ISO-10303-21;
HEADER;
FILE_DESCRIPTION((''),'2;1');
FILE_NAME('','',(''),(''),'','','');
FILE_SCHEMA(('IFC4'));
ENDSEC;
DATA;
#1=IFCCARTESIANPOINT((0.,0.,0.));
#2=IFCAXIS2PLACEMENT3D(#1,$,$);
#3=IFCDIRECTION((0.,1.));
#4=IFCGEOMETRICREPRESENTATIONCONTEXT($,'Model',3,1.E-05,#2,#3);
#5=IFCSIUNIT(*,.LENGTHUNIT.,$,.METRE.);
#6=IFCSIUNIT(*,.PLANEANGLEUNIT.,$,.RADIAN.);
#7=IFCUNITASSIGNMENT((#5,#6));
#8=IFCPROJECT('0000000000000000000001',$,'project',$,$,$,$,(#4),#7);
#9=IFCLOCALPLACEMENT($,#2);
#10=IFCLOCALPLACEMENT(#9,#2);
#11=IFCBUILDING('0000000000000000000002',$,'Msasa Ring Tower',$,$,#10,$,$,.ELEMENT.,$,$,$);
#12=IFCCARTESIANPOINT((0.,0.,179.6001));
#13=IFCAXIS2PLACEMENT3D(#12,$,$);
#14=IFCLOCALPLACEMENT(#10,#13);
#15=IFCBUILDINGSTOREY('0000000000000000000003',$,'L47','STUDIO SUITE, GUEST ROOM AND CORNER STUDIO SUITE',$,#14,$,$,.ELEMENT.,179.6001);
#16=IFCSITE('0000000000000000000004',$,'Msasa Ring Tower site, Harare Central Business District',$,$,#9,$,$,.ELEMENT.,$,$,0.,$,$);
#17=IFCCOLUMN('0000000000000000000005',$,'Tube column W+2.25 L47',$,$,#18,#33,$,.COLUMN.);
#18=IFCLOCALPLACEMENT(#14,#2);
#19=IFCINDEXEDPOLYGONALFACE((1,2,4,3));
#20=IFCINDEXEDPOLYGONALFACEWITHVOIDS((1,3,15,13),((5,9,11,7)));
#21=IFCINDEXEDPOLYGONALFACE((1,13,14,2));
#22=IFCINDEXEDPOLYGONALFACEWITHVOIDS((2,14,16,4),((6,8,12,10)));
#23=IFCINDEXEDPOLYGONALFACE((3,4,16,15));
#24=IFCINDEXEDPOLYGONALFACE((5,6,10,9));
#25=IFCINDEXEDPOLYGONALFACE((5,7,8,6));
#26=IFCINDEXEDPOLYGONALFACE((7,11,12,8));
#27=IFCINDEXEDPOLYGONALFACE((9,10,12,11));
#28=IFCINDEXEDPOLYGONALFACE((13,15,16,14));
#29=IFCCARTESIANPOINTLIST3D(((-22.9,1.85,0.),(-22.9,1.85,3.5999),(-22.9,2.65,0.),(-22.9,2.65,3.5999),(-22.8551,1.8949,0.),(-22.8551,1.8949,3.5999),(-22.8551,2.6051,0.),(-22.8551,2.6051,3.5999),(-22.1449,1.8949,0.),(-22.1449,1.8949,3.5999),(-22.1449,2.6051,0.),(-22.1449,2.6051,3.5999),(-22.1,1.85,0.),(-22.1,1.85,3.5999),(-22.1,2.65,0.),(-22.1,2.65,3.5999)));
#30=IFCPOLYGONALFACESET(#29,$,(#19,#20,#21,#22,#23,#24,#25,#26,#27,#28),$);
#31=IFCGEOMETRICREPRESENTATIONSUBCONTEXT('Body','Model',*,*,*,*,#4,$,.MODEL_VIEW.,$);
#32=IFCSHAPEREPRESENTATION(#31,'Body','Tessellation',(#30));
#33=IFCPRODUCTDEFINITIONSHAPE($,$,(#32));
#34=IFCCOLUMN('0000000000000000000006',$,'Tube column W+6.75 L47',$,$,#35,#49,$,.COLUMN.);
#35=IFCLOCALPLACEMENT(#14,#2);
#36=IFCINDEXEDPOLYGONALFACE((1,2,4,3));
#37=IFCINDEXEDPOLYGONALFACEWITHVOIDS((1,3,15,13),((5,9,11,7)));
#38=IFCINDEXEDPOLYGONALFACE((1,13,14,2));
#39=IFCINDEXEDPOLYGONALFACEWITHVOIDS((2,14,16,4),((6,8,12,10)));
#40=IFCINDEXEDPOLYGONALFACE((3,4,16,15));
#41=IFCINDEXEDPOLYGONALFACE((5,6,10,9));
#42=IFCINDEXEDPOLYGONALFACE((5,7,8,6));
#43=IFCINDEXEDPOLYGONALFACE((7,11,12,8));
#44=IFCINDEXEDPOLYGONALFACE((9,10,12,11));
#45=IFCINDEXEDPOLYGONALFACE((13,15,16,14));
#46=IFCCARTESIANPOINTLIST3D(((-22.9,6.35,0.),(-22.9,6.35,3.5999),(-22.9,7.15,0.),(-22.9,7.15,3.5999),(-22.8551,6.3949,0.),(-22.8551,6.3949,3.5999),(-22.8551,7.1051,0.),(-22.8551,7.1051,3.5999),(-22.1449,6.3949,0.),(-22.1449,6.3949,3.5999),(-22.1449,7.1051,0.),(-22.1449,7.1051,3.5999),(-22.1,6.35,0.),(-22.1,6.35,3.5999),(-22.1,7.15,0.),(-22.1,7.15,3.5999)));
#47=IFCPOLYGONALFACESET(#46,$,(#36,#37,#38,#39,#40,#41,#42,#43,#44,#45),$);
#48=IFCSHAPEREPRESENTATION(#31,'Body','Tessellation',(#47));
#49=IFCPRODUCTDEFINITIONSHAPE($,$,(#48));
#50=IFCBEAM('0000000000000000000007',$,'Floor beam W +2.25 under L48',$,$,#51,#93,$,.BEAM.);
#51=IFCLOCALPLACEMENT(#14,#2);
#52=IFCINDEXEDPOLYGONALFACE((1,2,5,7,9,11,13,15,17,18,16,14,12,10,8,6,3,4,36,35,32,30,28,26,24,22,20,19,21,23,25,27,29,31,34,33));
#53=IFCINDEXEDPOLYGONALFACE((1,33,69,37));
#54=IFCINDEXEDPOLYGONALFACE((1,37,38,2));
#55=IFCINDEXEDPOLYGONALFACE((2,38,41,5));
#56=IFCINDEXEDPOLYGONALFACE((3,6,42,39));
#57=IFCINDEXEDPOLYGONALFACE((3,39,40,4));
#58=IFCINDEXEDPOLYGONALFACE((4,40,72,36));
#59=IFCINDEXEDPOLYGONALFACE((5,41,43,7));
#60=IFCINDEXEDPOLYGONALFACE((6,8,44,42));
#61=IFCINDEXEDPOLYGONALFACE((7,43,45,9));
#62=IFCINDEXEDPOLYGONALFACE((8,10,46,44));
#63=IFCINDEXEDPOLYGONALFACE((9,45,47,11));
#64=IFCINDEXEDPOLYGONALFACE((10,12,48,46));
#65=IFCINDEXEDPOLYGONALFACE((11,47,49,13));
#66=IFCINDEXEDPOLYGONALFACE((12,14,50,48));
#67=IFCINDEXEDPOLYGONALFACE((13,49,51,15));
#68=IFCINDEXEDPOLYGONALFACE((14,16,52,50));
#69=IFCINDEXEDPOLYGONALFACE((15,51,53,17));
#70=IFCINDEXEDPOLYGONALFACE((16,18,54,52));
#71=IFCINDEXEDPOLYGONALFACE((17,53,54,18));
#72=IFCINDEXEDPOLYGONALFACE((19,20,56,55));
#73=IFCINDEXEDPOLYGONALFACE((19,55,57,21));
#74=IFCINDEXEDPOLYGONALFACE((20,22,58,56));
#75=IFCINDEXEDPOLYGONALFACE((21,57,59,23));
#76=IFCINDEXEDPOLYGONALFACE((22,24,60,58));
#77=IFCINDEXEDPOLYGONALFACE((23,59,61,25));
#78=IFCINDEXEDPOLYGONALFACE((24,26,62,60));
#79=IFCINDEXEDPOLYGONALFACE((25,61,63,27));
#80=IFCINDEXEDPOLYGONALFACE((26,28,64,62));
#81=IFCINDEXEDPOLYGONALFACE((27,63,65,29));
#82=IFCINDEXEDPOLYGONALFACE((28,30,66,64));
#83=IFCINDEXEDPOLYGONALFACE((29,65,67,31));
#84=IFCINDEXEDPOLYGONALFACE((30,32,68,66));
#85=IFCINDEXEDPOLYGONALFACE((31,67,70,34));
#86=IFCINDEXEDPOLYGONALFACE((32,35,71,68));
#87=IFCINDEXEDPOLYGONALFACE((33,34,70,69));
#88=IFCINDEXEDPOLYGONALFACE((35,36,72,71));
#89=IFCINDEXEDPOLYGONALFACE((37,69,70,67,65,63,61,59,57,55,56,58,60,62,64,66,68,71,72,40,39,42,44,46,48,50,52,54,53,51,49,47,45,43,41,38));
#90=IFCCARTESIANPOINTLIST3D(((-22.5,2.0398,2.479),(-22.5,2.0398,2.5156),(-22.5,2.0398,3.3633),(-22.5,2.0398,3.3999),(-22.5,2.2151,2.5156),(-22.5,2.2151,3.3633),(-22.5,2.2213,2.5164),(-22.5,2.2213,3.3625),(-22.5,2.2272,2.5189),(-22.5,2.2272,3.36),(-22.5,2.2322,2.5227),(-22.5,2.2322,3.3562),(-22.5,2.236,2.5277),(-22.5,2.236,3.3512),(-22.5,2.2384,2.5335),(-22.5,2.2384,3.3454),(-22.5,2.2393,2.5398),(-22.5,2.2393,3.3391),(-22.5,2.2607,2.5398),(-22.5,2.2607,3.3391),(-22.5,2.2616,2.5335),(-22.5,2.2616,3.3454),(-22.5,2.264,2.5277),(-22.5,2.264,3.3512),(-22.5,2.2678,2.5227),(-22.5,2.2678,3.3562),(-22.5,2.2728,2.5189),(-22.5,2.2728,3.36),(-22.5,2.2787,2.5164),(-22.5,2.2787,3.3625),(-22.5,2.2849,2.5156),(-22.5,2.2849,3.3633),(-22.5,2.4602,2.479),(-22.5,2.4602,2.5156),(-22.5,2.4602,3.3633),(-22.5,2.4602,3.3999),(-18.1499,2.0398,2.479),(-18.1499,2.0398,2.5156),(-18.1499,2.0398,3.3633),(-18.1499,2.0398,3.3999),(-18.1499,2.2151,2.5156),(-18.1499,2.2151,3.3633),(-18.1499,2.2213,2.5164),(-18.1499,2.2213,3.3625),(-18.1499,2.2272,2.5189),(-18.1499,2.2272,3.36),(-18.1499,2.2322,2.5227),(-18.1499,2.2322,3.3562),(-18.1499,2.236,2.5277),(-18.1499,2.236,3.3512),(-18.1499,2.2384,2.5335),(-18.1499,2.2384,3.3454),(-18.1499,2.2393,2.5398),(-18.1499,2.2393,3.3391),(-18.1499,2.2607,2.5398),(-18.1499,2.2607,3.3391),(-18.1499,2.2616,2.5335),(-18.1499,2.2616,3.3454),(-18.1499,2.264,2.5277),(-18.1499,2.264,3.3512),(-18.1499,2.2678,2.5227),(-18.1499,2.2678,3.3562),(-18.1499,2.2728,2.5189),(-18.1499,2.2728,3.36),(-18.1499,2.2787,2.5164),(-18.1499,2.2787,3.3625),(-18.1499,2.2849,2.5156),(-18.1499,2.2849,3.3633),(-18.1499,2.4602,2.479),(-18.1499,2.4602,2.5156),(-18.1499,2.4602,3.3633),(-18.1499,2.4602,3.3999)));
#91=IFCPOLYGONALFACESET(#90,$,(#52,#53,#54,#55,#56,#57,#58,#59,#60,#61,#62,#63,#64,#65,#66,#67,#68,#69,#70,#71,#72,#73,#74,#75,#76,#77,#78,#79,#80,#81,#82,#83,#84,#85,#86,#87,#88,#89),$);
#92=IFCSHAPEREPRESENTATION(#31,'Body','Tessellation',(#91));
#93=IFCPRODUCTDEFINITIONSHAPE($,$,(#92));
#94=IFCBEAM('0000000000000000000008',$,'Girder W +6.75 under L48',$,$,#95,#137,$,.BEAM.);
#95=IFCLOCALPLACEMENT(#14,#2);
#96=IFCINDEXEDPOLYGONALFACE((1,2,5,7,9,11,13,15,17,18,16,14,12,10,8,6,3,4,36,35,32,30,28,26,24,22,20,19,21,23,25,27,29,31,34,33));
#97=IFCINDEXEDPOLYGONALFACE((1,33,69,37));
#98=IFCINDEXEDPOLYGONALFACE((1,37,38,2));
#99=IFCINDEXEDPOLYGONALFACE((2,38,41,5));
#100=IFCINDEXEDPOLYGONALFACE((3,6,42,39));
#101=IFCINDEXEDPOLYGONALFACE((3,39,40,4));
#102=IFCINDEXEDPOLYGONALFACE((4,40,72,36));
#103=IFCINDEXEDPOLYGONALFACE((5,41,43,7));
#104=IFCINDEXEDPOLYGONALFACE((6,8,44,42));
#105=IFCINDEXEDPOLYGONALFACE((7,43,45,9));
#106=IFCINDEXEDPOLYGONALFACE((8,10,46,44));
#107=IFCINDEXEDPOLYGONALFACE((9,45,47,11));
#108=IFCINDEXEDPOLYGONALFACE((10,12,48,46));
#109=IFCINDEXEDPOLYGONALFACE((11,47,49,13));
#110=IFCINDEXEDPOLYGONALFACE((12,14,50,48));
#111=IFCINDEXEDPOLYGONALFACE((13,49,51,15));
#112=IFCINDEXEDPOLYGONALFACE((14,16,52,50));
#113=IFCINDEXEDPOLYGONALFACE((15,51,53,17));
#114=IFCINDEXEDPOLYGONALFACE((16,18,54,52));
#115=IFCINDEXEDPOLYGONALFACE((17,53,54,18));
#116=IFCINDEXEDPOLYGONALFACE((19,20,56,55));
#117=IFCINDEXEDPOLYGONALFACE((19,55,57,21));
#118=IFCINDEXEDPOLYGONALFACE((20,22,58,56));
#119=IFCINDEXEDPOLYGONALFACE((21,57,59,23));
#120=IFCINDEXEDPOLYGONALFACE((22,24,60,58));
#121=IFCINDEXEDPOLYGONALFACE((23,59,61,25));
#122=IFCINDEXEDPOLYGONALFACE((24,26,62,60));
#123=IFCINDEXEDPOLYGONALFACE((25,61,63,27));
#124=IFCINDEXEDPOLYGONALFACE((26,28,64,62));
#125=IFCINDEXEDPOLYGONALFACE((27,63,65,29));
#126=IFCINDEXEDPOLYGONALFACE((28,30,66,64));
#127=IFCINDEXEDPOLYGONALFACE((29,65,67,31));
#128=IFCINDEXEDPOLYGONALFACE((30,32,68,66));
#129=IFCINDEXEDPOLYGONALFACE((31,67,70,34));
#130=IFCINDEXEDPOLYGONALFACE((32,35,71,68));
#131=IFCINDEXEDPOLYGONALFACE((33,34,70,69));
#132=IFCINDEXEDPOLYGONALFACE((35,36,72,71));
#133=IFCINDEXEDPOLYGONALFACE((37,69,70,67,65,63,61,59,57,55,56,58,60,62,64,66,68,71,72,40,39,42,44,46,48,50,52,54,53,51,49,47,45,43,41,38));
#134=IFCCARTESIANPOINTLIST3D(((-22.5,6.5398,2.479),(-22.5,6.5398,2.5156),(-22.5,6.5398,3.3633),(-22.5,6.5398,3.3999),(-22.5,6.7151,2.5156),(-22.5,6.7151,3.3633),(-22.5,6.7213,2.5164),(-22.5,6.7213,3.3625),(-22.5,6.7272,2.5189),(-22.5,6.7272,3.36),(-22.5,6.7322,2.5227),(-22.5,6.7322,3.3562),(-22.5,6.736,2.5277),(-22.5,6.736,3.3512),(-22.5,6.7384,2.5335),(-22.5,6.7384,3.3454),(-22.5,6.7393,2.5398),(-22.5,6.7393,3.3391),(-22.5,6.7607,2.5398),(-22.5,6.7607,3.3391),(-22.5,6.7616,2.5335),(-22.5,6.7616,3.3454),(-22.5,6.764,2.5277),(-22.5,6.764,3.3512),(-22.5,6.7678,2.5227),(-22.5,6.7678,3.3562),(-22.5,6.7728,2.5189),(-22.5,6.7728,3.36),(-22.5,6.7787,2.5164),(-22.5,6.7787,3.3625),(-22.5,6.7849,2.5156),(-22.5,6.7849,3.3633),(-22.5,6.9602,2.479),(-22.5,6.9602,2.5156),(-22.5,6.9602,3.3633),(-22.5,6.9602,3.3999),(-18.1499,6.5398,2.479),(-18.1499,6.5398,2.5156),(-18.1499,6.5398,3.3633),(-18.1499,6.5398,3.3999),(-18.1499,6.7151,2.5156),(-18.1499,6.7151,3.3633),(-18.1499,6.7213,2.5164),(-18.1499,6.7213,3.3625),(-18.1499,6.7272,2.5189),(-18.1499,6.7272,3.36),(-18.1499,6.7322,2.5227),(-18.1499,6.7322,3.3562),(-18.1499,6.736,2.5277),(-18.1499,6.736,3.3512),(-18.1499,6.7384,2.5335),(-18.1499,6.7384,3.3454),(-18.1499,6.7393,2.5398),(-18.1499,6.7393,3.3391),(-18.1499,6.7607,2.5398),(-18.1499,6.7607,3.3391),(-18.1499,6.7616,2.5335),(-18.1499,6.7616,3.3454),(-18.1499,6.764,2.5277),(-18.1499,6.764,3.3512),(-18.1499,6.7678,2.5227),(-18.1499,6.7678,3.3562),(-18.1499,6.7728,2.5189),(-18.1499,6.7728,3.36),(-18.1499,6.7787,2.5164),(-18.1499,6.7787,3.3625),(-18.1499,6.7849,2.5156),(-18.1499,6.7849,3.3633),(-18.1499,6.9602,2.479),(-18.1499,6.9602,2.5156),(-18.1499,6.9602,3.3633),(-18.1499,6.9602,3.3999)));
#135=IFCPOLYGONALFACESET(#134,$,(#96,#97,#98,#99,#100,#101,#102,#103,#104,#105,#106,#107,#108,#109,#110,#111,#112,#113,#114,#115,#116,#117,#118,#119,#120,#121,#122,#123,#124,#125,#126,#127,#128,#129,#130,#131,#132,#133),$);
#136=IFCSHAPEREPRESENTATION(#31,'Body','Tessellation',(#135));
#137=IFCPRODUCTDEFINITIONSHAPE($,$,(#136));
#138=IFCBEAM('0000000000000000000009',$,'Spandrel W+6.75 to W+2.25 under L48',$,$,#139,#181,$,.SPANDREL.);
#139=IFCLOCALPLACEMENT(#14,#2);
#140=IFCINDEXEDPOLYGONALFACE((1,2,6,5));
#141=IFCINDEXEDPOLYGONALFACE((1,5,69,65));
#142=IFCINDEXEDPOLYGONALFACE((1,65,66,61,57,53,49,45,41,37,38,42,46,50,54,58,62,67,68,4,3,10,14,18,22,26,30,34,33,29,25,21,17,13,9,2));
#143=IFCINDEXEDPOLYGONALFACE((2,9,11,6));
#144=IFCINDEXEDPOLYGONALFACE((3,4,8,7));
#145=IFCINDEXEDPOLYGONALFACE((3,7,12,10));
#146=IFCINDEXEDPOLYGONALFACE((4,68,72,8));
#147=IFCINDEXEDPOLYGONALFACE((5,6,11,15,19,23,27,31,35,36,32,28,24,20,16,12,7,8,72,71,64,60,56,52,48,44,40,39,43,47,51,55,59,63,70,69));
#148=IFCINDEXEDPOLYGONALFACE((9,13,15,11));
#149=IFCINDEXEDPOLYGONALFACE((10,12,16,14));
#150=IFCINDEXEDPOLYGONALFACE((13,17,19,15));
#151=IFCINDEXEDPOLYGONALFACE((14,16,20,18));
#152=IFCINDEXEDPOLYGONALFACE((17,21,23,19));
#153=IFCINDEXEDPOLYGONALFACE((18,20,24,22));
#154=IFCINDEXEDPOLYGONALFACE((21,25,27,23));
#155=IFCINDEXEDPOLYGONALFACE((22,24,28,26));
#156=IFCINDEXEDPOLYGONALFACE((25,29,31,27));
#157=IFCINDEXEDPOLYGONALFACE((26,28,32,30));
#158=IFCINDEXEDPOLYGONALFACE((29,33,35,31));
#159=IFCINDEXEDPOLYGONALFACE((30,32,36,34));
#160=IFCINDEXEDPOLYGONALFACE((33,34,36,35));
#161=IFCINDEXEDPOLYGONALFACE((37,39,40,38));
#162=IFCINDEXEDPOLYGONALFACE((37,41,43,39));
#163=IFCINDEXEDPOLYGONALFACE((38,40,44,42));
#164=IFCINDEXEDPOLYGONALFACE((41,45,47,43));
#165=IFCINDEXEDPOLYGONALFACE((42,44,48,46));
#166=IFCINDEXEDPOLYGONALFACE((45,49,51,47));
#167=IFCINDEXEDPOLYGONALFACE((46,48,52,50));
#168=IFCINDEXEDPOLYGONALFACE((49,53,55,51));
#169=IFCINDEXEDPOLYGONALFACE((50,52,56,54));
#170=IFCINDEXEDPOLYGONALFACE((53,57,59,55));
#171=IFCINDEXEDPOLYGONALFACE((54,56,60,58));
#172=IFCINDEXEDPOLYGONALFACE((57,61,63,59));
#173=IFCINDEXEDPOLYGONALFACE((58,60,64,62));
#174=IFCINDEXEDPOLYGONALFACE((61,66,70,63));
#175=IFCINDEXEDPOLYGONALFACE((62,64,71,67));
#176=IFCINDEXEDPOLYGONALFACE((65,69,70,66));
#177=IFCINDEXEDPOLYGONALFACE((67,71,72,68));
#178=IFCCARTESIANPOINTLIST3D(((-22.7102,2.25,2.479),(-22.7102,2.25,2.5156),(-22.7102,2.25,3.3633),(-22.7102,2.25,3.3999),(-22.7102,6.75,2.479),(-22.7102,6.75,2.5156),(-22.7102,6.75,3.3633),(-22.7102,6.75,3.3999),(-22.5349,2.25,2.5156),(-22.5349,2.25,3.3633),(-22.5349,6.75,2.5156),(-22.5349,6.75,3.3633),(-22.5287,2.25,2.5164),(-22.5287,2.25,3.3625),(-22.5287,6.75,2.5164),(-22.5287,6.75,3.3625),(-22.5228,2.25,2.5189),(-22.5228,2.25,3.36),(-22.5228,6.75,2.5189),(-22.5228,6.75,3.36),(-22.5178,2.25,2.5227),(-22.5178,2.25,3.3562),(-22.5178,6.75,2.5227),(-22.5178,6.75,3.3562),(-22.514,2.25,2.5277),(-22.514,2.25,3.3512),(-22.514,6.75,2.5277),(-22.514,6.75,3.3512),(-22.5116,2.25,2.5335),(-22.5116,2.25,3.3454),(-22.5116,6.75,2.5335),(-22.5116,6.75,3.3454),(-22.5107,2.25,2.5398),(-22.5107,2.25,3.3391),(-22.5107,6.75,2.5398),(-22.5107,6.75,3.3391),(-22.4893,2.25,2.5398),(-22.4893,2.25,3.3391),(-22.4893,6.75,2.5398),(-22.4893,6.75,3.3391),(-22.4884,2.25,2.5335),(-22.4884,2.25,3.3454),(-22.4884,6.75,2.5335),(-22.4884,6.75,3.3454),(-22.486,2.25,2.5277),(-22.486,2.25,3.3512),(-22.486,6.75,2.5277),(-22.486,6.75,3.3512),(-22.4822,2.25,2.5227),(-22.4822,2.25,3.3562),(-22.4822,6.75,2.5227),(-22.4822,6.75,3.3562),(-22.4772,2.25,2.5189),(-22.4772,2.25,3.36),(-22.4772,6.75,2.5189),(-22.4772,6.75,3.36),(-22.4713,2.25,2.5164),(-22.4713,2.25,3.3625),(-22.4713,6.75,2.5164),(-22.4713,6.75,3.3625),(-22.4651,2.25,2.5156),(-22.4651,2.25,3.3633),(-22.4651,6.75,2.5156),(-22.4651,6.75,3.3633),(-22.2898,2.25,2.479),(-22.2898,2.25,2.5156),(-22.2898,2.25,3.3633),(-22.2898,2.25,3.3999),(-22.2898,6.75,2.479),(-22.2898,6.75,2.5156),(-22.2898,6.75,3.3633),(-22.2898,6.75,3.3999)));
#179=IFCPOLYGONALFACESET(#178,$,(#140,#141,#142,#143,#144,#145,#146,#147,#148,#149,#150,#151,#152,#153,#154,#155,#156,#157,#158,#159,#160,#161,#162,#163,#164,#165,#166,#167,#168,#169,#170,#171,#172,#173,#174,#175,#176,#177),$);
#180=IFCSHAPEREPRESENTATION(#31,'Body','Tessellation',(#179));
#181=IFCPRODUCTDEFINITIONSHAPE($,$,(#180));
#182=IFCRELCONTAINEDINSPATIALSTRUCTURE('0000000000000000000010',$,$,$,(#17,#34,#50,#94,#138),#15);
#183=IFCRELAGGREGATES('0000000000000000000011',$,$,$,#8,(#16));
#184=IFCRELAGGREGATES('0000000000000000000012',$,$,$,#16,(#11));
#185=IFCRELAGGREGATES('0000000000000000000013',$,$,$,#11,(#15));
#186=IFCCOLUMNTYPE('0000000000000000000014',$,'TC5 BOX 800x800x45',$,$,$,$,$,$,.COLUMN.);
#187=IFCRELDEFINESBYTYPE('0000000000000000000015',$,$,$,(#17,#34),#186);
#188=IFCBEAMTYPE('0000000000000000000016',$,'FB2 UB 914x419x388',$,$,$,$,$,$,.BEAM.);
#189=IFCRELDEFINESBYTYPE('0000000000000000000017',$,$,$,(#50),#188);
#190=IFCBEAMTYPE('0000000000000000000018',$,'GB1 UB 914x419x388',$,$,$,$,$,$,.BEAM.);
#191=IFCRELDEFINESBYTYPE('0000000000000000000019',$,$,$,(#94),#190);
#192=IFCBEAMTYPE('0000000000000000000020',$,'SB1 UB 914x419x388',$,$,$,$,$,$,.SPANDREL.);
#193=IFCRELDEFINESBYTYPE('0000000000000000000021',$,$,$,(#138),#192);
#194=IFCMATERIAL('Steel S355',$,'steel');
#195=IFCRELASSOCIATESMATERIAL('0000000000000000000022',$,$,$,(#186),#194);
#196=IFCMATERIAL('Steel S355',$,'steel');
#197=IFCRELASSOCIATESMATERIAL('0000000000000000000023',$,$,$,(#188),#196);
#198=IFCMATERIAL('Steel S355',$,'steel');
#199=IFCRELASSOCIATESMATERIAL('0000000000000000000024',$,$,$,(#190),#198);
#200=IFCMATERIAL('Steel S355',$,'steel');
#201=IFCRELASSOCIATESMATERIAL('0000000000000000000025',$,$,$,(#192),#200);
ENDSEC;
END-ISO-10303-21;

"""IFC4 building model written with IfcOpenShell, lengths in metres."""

from ifc_helpers import new_model, si_unit, direction, frame, origin, origin_2d, place, context, subcontext, project, spatial, hollow_rectangle, i_section, extrude, material, material_profile, profile_set, type_object, element, save


model = new_model("IFC4")

# Units and contexts
model_context = context("Model", 3, precision=1e-05, world=origin(), true_north=direction((0.0, 1.0)))
body_context = subcontext(model_context, "Body", "Model", "MODEL_VIEW")
ifc_project = project(units=[si_unit("LENGTHUNIT", "METRE"), si_unit("PLANEANGLEUNIT", "RADIAN")], contexts=[model_context])

# Site, building, storey
site_placement = place(None, origin())
site = spatial("IfcSite", under=ifc_project, at=site_placement, Name="Msasa Ring Tower site, Harare Central Business District", CompositionType="ELEMENT", RefElevation=0.0)
building_placement = place(site_placement, origin())
building = spatial("IfcBuilding", under=site, at=building_placement, Name="Msasa Ring Tower", CompositionType="ELEMENT")
storey_placement = place(building_placement, frame((0.0, 0.0, 179.6001)))
storey = spatial("IfcBuildingStorey", under=building, at=storey_placement, Name="L47", Description="STUDIO SUITE, GUEST ROOM AND CORNER STUDIO SUITE", CompositionType="ELEMENT", Elevation=179.6001)

# Columns
ifc_material_1 = material(Name="Steel S355", Category="steel")
ifc_material_profile_1 = material_profile(ifc_material_1, hollow_rectangle(XDim=0.8, YDim=0.8, WallThickness=0.0449, at=origin_2d()), Name="BOX 800x800x45")
ifc_profile_set_1 = profile_set([ifc_material_profile_1], Name="Steel S355")
column_type = type_object("IfcColumnType", Name="TC5 BOX 800x800x45", PredefinedType="COLUMN", material=ifc_profile_set_1)
for number, where, z_axis, x_axis, name in (
    (1, (-22.5, 2.25, 0.0), (0.0, 0.0, 1.0), (1.0, 0.0, 0.0), "Tube column W+2.25 L47"),
    (2, (-22.5, 6.75, 0.0), (0.0, 0.0, 1.0), (1.0, 0.0, 0.0), "Tube column W+6.75 L47"),
):
    element("IfcColumn", number, at=place(storey_placement, frame(where, z_axis=z_axis, x_axis=x_axis)), inside=storey, type_object=column_type, Name=name, PredefinedType="COLUMN", context=body_context, shape_type="SweptSolid", body=[
        extrude(hollow_rectangle(XDim=0.8, YDim=0.8, WallThickness=0.0449, at=origin_2d()), origin(), (0.0, 0.0, 1.0), 3.5999),
    ])

# Beams
ifc_material_2 = material(Name="Steel S355", Category="steel")
ifc_material_profile_2 = material_profile(ifc_material_2, i_section(OverallWidth=0.4204, OverallDepth=0.9209, WebThickness=0.0215, FlangeThickness=0.0366, FilletRadius=0.0242, at=origin_2d()), Name="UB 914x419x388")
ifc_profile_set_2 = profile_set([ifc_material_profile_2], Name="Steel S355")
beam_type_1 = type_object("IfcBeamType", Name="FB2 UB 914x419x388", PredefinedType="BEAM", material=ifc_profile_set_2)
beam_1_placement = place(storey_placement, frame((-22.5, 2.25, 2.9395), z_axis=(1.0, 0.0, 0.0), x_axis=(0.0, 1.0, 0.0)))
element("IfcBeam", 3, at=beam_1_placement, inside=storey, type_object=beam_type_1, Name="Floor beam W +2.25 under L48", PredefinedType="BEAM", context=body_context, shape_type="SweptSolid", body=[
    extrude(i_section(OverallWidth=0.4204, OverallDepth=0.9209, WebThickness=0.0215, FlangeThickness=0.0366, FilletRadius=0.0242, at=origin_2d()), origin(), (0.0, 0.0, 1.0), 4.3501),
])
ifc_material_3 = material(Name="Steel S355", Category="steel")
ifc_material_profile_3 = material_profile(ifc_material_3, i_section(OverallWidth=0.4204, OverallDepth=0.9209, WebThickness=0.0215, FlangeThickness=0.0366, FilletRadius=0.0242, at=origin_2d()), Name="UB 914x419x388")
ifc_profile_set_3 = profile_set([ifc_material_profile_3], Name="Steel S355")
beam_type_2 = type_object("IfcBeamType", Name="GB1 UB 914x419x388", PredefinedType="BEAM", material=ifc_profile_set_3)
beam_2_placement = place(storey_placement, frame((-18.1499, 6.75, 2.9395), z_axis=(-1.0, 0.0, 0.0), x_axis=(0.0, -1.0, 0.0)))
element("IfcBeam", 4, at=beam_2_placement, inside=storey, type_object=beam_type_2, Name="Girder W +6.75 under L48", PredefinedType="BEAM", context=body_context, shape_type="SweptSolid", body=[
    extrude(i_section(OverallWidth=0.4204, OverallDepth=0.9209, WebThickness=0.0215, FlangeThickness=0.0366, FilletRadius=0.0242, at=origin_2d()), origin(), (0.0, 0.0, 1.0), 4.3501),
])
ifc_material_4 = material(Name="Steel S355", Category="steel")
ifc_material_profile_4 = material_profile(ifc_material_4, i_section(OverallWidth=0.4204, OverallDepth=0.9209, WebThickness=0.0215, FlangeThickness=0.0366, FilletRadius=0.0242, at=origin_2d()), Name="UB 914x419x388")
ifc_profile_set_4 = profile_set([ifc_material_profile_4], Name="Steel S355")
beam_type_3 = type_object("IfcBeamType", Name="SB1 UB 914x419x388", PredefinedType="SPANDREL", material=ifc_profile_set_4)
for number, where, z_axis, x_axis, name in (
    (5, (-22.5, 6.75, 2.9395), (0.0, -1.0, 0.0), (1.0, 0.0, 0.0), "Spandrel W+6.75 to W+2.25 under L48"),
):
    element("IfcBeam", number, at=place(storey_placement, frame(where, z_axis=z_axis, x_axis=x_axis)), inside=storey, type_object=beam_type_3, Name=name, PredefinedType="SPANDREL", context=body_context, shape_type="SweptSolid", body=[
        extrude(i_section(OverallWidth=0.4204, OverallDepth=0.9209, WebThickness=0.0215, FlangeThickness=0.0366, FilletRadius=0.0242, at=origin_2d()), origin(), (0.0, 0.0, 1.0), 4.5),
    ])

save(model, "model.ifc")
